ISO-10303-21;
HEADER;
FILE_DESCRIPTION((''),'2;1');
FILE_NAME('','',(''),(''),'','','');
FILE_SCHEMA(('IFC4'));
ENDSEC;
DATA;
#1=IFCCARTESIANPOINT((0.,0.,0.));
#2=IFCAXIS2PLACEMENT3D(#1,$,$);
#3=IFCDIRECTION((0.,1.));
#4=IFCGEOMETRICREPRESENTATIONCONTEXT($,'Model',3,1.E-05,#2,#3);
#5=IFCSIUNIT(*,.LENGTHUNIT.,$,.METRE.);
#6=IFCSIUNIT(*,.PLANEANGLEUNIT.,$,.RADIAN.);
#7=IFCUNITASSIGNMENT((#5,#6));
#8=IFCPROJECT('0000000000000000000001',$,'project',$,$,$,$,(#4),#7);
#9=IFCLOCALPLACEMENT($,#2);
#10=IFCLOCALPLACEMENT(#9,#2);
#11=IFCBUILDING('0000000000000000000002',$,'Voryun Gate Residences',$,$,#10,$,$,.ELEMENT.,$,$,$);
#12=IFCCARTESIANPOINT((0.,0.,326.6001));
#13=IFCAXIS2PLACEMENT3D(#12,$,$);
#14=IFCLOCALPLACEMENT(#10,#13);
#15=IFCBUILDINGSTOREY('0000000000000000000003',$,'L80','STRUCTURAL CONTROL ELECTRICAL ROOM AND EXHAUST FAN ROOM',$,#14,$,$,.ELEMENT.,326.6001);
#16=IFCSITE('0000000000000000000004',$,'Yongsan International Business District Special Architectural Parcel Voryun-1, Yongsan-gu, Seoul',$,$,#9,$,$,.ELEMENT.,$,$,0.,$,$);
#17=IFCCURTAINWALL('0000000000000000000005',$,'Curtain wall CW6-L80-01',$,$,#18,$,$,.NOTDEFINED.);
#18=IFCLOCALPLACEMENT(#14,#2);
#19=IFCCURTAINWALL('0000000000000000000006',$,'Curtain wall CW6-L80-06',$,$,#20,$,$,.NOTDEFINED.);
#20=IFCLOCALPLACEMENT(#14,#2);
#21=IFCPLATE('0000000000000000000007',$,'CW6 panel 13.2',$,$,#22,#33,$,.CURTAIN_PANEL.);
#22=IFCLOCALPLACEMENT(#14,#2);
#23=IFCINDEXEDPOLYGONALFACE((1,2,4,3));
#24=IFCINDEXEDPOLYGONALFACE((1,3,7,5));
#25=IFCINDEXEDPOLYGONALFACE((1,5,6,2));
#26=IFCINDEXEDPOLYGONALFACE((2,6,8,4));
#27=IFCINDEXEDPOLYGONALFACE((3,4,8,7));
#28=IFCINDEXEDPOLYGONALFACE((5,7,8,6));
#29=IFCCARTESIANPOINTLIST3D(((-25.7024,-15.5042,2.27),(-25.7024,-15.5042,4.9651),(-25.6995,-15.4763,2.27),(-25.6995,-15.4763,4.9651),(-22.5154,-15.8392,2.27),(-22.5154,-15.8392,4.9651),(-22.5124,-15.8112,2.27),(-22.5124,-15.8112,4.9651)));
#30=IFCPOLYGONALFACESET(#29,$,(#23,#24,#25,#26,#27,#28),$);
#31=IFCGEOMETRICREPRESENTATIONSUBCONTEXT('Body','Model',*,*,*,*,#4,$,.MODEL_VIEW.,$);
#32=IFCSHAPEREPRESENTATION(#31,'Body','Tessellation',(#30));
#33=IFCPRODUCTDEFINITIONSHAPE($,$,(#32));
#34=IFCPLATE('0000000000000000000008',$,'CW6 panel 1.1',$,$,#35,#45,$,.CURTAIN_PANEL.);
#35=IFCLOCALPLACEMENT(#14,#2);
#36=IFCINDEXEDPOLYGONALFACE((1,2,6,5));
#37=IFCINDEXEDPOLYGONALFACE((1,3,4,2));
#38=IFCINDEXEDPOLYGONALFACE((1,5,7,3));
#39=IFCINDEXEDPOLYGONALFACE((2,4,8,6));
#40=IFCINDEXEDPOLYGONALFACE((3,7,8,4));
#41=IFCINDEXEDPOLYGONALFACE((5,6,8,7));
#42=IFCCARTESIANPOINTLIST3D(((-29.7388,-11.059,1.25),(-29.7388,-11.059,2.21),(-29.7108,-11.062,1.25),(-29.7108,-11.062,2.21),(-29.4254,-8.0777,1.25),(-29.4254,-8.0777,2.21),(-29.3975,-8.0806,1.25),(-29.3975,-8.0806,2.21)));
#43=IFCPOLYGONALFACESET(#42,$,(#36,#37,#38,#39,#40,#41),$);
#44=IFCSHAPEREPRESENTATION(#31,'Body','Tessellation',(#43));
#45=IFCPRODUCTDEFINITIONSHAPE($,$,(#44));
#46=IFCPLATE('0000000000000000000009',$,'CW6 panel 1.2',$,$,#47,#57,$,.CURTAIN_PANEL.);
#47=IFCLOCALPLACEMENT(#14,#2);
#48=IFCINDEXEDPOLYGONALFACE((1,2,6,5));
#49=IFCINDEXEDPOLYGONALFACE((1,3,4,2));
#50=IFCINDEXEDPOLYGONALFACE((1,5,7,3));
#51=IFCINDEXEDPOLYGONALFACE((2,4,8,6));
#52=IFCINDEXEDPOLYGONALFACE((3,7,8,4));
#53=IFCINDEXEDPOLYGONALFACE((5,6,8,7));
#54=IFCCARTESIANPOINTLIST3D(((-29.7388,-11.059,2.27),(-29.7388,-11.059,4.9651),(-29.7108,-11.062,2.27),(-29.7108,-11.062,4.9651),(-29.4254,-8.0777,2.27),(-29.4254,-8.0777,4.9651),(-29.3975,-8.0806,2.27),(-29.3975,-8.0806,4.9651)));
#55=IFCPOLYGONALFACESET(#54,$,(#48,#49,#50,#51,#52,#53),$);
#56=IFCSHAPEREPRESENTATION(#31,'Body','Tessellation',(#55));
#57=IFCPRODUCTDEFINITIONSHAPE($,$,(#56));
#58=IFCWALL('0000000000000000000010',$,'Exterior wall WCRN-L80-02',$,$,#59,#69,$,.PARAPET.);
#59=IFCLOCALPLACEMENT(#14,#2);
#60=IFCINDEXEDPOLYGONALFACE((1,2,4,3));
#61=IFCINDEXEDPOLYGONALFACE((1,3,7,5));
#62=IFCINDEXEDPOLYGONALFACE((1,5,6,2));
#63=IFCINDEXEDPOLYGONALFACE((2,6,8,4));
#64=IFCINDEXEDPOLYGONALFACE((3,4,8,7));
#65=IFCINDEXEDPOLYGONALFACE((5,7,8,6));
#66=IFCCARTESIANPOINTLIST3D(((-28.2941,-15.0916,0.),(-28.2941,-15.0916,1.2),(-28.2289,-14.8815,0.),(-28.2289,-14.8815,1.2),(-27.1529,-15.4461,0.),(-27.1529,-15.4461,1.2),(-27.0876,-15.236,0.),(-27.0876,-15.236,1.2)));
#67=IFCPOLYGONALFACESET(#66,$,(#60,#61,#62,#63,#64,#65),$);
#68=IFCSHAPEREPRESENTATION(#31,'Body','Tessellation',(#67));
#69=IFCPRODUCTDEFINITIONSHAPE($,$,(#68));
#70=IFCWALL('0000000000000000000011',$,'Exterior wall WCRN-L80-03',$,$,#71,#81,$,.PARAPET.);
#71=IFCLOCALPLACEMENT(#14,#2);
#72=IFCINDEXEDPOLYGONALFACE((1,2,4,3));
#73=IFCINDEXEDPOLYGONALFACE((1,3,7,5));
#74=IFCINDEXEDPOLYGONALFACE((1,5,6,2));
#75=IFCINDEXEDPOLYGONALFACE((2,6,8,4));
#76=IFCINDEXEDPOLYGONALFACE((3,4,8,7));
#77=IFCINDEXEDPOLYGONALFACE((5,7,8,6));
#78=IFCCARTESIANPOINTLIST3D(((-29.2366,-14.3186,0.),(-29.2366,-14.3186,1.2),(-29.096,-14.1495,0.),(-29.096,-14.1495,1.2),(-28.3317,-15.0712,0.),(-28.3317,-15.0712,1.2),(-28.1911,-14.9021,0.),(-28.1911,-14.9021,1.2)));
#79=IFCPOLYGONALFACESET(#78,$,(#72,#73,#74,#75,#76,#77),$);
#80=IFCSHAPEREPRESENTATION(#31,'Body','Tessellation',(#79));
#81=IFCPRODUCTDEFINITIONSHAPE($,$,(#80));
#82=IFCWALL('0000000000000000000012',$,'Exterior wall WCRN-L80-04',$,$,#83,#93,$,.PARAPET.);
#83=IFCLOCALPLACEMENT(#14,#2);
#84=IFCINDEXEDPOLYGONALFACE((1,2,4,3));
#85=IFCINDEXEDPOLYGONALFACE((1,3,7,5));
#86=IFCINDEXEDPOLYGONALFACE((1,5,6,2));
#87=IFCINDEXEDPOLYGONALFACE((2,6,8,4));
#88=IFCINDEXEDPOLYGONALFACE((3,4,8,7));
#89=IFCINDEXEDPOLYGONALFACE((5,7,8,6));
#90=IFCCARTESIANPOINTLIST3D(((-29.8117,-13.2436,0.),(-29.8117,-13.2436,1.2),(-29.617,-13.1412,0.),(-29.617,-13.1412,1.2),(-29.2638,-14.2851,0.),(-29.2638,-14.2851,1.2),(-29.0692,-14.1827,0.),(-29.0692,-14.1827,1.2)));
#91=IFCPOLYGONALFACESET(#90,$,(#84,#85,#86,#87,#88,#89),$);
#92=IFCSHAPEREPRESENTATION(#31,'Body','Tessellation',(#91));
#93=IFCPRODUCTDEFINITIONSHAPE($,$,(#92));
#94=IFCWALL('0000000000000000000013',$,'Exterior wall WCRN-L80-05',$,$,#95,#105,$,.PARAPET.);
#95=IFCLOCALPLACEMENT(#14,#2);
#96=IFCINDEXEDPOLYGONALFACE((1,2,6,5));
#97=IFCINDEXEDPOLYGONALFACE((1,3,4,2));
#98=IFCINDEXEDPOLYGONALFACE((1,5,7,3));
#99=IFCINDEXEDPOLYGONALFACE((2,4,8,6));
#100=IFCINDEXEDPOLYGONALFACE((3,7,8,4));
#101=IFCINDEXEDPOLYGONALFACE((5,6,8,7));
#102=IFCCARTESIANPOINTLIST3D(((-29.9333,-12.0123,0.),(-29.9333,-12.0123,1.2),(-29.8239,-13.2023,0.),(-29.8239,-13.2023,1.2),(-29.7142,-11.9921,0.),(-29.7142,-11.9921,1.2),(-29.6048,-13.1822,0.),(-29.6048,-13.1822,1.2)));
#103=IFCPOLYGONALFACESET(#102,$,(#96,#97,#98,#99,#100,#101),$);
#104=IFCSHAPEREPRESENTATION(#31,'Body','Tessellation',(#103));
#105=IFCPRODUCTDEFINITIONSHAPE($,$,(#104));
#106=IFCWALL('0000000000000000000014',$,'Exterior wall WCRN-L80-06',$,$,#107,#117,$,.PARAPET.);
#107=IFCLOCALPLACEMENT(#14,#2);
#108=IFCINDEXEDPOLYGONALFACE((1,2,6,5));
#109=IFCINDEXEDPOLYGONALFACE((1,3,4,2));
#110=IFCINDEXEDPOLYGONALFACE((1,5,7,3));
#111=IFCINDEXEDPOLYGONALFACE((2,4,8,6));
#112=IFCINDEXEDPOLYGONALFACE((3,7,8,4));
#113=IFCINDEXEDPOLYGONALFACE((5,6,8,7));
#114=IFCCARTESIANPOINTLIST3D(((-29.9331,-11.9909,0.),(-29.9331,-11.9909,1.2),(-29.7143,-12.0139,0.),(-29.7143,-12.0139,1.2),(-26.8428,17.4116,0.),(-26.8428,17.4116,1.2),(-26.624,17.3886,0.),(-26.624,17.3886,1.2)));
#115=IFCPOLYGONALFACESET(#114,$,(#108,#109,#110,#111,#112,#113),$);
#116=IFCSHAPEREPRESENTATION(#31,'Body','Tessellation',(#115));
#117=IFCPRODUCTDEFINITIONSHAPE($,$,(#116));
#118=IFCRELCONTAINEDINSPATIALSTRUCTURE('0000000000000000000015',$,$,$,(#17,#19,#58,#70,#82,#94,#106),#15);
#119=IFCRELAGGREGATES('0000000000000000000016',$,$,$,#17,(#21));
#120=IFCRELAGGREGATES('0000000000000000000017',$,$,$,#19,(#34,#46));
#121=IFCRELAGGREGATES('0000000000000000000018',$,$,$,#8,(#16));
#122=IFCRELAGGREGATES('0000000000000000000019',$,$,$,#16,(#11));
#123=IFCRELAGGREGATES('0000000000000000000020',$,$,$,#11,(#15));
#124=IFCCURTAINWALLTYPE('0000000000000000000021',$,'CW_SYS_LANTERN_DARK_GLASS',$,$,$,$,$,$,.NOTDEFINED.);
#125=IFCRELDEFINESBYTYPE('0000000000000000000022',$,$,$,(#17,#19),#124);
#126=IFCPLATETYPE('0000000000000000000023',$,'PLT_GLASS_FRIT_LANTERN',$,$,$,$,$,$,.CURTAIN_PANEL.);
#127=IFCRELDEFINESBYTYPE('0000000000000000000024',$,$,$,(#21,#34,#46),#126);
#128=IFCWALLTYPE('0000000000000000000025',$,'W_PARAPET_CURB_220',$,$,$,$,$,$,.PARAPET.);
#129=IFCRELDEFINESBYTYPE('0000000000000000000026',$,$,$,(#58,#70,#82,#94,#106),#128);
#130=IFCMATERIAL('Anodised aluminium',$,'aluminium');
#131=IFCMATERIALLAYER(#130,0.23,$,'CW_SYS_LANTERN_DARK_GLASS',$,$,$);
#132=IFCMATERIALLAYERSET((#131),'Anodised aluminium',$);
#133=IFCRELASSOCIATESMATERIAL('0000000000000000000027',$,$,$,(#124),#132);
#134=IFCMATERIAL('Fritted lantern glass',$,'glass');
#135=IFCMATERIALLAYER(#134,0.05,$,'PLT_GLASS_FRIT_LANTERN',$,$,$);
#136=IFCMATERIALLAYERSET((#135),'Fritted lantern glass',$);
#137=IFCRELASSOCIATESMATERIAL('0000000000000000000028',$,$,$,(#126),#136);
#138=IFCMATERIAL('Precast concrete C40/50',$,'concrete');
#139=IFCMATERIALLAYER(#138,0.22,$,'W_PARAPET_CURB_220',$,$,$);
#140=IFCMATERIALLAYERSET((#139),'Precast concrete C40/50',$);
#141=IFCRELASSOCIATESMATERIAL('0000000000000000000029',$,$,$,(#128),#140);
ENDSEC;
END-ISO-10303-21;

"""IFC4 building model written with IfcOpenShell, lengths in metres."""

from ifc_helpers import new_model, si_unit, direction, frame, frame_2d, origin, origin_2d, place, context, subcontext, project, spatial, rectangle, extrude, material, layer, layer_set, type_object, element, aggregate, save


model = new_model("IFC4")

# Units and contexts
model_context = context("Model", 3, precision=1e-05, world=origin(), true_north=direction((0.0, 1.0)))
body_context = subcontext(model_context, "Body", "Model", "MODEL_VIEW")
ifc_project = project(units=[si_unit("LENGTHUNIT", "METRE"), si_unit("PLANEANGLEUNIT", "RADIAN")], contexts=[model_context])

# Site, building, storey
site_placement = place(None, origin())
site = spatial("IfcSite", under=ifc_project, at=site_placement, Name="Yongsan International Business District Special Architectural Parcel Voryun-1, Yongsan-gu, Seoul", CompositionType="ELEMENT", RefElevation=0.0)
building_placement = place(site_placement, origin())
building = spatial("IfcBuilding", under=site, at=building_placement, Name="Voryun Gate Residences", CompositionType="ELEMENT")
storey_placement = place(building_placement, frame((0.0, 0.0, 326.6001)))
storey = spatial("IfcBuildingStorey", under=building, at=storey_placement, Name="L80", Description="STRUCTURAL CONTROL ELECTRICAL ROOM AND EXHAUST FAN ROOM", CompositionType="ELEMENT", Elevation=326.6001)

# Curtain wall
ifc_material_1 = material(Name="Anodised aluminium", Category="aluminium")
ifc_layer_1 = layer(ifc_material_1, 0.23, Name="CW_SYS_LANTERN_DARK_GLASS")
ifc_layer_set_1 = layer_set([ifc_layer_1], Name="Anodised aluminium")
curtain_wall_type = type_object("IfcCurtainWallType", Name="CW_SYS_LANTERN_DARK_GLASS", PredefinedType="NOTDEFINED", material=ifc_layer_set_1)
curtain_wall_1_placement = place(storey_placement, origin())
curtain_wall_1 = element("IfcCurtainWall", 1, at=curtain_wall_1_placement, inside=storey, type_object=curtain_wall_type, Name="Curtain wall CW6-L80-01", PredefinedType="NOTDEFINED")

# Curtain wall
curtain_wall_2_placement = place(storey_placement, origin())
curtain_wall_2 = element("IfcCurtainWall", 2, at=curtain_wall_2_placement, inside=storey, type_object=curtain_wall_type, Name="Curtain wall CW6-L80-06", PredefinedType="NOTDEFINED")

# Plates
ifc_material_2 = material(Name="Fritted lantern glass", Category="glass")
ifc_layer_2 = layer(ifc_material_2, 0.05, Name="PLT_GLASS_FRIT_LANTERN")
ifc_layer_set_2 = layer_set([ifc_layer_2], Name="Fritted lantern glass")
plate_type_1 = type_object("IfcPlateType", Name="PLT_GLASS_FRIT_LANTERN", PredefinedType="CURTAIN_PANEL", material=ifc_layer_set_2)
plate_1_placement = place(storey_placement, frame((-24.1074, -15.6577, 2.27), z_axis=(0.0, 0.0, 1.0), x_axis=(-0.994522, 0.104528, 0.0)))
plate_1 = element("IfcPlate", 3, at=plate_1_placement, type_object=plate_type_1, Name="CW6 panel 13.2", PredefinedType="CURTAIN_PANEL", context=body_context, shape_type="SweptSolid", body=[
    extrude(rectangle(XDim=3.2046, YDim=0.0281, at=origin_2d()), origin(), (0.0, 0.0, 1.0), 2.6951),
])
aggregate(curtain_wall_1, [plate_1])
plate_2_placement = place(storey_placement, frame((-29.5681, -9.5698, 1.25), z_axis=(0.0, 0.0, 1.0), x_axis=(0.104528, 0.994522, 0.0)))
plate_2 = element("IfcPlate", 4, at=plate_2_placement, type_object=plate_type_1, Name="CW6 panel 1.1", PredefinedType="CURTAIN_PANEL", context=body_context, shape_type="SweptSolid", body=[
    extrude(rectangle(XDim=2.9978, YDim=0.0281, at=origin_2d()), origin(), (0.0, 0.0, 1.0), 0.96),
])
plate_3_placement = place(storey_placement, frame((-29.5681, -9.5698, 2.27), z_axis=(0.0, 0.0, 1.0), x_axis=(0.104528, 0.994522, 0.0)))
plate_3 = element("IfcPlate", 5, at=plate_3_placement, type_object=plate_type_1, Name="CW6 panel 1.2", PredefinedType="CURTAIN_PANEL", context=body_context, shape_type="SweptSolid", body=[
    extrude(rectangle(XDim=2.9978, YDim=0.0281, at=origin_2d()), origin(), (0.0, 0.0, 1.0), 2.6951),
])
aggregate(curtain_wall_2, [plate_2, plate_3])

# Walls
ifc_material_3 = material(Name="Precast concrete C40/50", Category="concrete")
ifc_layer_3 = layer(ifc_material_3, 0.22, Name="W_PARAPET_CURB_220")
ifc_layer_set_3 = layer_set([ifc_layer_3], Name="Precast concrete C40/50")
wall_type = type_object("IfcWallType", Name="W_PARAPET_CURB_220", PredefinedType="PARAPET", material=ifc_layer_set_3)
wall_1_placement = place(storey_placement, frame((-27.1201, -15.3411, 0.0), z_axis=(0.0, 0.0, 1.0), x_axis=(-0.954998, 0.296611, 0.0)))
element("IfcWall", 6, at=wall_1_placement, inside=storey, type_object=wall_type, Name="Exterior wall WCRN-L80-02", PredefinedType="PARAPET", context=body_context, shape_type="SweptSolid", body=[
    extrude(rectangle(XDim=1.1951, YDim=0.22, at=frame_2d((0.5977, 0.0))), origin(), (0.0, 0.0, 1.0), 1.2),
])
wall_2_placement = place(storey_placement, frame((-28.2615, -14.9866, 0.0), z_axis=(0.0, 0.0, 1.0), x_axis=(-0.76885, 0.639429, 0.0)))
element("IfcWall", 7, at=wall_2_placement, inside=storey, type_object=wall_type, Name="Exterior wall WCRN-L80-03", PredefinedType="PARAPET", context=body_context, shape_type="SweptSolid", body=[
    extrude(rectangle(XDim=1.177, YDim=0.22, at=frame_2d((0.5884, 0.0))), origin(), (0.0, 0.0, 1.0), 1.2),
])
wall_3_placement = place(storey_placement, frame((-29.1665, -14.2339, 0.0), z_axis=(0.0, 0.0, 1.0), x_axis=(-0.465541, 0.885026, 0.0)))
element("IfcWall", 8, at=wall_3_placement, inside=storey, type_object=wall_type, Name="Exterior wall WCRN-L80-04", PredefinedType="PARAPET", context=body_context, shape_type="SweptSolid", body=[
    extrude(rectangle(XDim=1.1768, YDim=0.22, at=frame_2d((0.5884, 0.0))), origin(), (0.0, 0.0, 1.0), 1.2),
])
wall_4_placement = place(storey_placement, frame((-29.7144, -13.1924, 0.0), z_axis=(0.0, 0.0, 1.0), x_axis=(-0.09153, 0.995802, 0.0)))
element("IfcWall", 9, at=wall_4_placement, inside=storey, type_object=wall_type, Name="Exterior wall WCRN-L80-05", PredefinedType="PARAPET", context=body_context, shape_type="SweptSolid", body=[
    extrude(rectangle(XDim=1.1951, YDim=0.22, at=frame_2d((0.5977, 0.0))), origin(), (0.0, 0.0, 1.0), 1.2),
])
wall_5_placement = place(storey_placement, frame((-29.8237, -12.0024, 0.0), z_axis=(0.0, 0.0, 1.0), x_axis=(0.104528, 0.994522, 0.0)))
element("IfcWall", 10, at=wall_5_placement, inside=storey, type_object=wall_type, Name="Exterior wall WCRN-L80-06", PredefinedType="PARAPET", context=body_context, shape_type="SweptSolid", body=[
    extrude(rectangle(XDim=29.5645, YDim=0.22, at=frame_2d((14.7822, 0.0))), origin(), (0.0, 0.0, 1.0), 1.2),
])

save(model, "model.ifc")
